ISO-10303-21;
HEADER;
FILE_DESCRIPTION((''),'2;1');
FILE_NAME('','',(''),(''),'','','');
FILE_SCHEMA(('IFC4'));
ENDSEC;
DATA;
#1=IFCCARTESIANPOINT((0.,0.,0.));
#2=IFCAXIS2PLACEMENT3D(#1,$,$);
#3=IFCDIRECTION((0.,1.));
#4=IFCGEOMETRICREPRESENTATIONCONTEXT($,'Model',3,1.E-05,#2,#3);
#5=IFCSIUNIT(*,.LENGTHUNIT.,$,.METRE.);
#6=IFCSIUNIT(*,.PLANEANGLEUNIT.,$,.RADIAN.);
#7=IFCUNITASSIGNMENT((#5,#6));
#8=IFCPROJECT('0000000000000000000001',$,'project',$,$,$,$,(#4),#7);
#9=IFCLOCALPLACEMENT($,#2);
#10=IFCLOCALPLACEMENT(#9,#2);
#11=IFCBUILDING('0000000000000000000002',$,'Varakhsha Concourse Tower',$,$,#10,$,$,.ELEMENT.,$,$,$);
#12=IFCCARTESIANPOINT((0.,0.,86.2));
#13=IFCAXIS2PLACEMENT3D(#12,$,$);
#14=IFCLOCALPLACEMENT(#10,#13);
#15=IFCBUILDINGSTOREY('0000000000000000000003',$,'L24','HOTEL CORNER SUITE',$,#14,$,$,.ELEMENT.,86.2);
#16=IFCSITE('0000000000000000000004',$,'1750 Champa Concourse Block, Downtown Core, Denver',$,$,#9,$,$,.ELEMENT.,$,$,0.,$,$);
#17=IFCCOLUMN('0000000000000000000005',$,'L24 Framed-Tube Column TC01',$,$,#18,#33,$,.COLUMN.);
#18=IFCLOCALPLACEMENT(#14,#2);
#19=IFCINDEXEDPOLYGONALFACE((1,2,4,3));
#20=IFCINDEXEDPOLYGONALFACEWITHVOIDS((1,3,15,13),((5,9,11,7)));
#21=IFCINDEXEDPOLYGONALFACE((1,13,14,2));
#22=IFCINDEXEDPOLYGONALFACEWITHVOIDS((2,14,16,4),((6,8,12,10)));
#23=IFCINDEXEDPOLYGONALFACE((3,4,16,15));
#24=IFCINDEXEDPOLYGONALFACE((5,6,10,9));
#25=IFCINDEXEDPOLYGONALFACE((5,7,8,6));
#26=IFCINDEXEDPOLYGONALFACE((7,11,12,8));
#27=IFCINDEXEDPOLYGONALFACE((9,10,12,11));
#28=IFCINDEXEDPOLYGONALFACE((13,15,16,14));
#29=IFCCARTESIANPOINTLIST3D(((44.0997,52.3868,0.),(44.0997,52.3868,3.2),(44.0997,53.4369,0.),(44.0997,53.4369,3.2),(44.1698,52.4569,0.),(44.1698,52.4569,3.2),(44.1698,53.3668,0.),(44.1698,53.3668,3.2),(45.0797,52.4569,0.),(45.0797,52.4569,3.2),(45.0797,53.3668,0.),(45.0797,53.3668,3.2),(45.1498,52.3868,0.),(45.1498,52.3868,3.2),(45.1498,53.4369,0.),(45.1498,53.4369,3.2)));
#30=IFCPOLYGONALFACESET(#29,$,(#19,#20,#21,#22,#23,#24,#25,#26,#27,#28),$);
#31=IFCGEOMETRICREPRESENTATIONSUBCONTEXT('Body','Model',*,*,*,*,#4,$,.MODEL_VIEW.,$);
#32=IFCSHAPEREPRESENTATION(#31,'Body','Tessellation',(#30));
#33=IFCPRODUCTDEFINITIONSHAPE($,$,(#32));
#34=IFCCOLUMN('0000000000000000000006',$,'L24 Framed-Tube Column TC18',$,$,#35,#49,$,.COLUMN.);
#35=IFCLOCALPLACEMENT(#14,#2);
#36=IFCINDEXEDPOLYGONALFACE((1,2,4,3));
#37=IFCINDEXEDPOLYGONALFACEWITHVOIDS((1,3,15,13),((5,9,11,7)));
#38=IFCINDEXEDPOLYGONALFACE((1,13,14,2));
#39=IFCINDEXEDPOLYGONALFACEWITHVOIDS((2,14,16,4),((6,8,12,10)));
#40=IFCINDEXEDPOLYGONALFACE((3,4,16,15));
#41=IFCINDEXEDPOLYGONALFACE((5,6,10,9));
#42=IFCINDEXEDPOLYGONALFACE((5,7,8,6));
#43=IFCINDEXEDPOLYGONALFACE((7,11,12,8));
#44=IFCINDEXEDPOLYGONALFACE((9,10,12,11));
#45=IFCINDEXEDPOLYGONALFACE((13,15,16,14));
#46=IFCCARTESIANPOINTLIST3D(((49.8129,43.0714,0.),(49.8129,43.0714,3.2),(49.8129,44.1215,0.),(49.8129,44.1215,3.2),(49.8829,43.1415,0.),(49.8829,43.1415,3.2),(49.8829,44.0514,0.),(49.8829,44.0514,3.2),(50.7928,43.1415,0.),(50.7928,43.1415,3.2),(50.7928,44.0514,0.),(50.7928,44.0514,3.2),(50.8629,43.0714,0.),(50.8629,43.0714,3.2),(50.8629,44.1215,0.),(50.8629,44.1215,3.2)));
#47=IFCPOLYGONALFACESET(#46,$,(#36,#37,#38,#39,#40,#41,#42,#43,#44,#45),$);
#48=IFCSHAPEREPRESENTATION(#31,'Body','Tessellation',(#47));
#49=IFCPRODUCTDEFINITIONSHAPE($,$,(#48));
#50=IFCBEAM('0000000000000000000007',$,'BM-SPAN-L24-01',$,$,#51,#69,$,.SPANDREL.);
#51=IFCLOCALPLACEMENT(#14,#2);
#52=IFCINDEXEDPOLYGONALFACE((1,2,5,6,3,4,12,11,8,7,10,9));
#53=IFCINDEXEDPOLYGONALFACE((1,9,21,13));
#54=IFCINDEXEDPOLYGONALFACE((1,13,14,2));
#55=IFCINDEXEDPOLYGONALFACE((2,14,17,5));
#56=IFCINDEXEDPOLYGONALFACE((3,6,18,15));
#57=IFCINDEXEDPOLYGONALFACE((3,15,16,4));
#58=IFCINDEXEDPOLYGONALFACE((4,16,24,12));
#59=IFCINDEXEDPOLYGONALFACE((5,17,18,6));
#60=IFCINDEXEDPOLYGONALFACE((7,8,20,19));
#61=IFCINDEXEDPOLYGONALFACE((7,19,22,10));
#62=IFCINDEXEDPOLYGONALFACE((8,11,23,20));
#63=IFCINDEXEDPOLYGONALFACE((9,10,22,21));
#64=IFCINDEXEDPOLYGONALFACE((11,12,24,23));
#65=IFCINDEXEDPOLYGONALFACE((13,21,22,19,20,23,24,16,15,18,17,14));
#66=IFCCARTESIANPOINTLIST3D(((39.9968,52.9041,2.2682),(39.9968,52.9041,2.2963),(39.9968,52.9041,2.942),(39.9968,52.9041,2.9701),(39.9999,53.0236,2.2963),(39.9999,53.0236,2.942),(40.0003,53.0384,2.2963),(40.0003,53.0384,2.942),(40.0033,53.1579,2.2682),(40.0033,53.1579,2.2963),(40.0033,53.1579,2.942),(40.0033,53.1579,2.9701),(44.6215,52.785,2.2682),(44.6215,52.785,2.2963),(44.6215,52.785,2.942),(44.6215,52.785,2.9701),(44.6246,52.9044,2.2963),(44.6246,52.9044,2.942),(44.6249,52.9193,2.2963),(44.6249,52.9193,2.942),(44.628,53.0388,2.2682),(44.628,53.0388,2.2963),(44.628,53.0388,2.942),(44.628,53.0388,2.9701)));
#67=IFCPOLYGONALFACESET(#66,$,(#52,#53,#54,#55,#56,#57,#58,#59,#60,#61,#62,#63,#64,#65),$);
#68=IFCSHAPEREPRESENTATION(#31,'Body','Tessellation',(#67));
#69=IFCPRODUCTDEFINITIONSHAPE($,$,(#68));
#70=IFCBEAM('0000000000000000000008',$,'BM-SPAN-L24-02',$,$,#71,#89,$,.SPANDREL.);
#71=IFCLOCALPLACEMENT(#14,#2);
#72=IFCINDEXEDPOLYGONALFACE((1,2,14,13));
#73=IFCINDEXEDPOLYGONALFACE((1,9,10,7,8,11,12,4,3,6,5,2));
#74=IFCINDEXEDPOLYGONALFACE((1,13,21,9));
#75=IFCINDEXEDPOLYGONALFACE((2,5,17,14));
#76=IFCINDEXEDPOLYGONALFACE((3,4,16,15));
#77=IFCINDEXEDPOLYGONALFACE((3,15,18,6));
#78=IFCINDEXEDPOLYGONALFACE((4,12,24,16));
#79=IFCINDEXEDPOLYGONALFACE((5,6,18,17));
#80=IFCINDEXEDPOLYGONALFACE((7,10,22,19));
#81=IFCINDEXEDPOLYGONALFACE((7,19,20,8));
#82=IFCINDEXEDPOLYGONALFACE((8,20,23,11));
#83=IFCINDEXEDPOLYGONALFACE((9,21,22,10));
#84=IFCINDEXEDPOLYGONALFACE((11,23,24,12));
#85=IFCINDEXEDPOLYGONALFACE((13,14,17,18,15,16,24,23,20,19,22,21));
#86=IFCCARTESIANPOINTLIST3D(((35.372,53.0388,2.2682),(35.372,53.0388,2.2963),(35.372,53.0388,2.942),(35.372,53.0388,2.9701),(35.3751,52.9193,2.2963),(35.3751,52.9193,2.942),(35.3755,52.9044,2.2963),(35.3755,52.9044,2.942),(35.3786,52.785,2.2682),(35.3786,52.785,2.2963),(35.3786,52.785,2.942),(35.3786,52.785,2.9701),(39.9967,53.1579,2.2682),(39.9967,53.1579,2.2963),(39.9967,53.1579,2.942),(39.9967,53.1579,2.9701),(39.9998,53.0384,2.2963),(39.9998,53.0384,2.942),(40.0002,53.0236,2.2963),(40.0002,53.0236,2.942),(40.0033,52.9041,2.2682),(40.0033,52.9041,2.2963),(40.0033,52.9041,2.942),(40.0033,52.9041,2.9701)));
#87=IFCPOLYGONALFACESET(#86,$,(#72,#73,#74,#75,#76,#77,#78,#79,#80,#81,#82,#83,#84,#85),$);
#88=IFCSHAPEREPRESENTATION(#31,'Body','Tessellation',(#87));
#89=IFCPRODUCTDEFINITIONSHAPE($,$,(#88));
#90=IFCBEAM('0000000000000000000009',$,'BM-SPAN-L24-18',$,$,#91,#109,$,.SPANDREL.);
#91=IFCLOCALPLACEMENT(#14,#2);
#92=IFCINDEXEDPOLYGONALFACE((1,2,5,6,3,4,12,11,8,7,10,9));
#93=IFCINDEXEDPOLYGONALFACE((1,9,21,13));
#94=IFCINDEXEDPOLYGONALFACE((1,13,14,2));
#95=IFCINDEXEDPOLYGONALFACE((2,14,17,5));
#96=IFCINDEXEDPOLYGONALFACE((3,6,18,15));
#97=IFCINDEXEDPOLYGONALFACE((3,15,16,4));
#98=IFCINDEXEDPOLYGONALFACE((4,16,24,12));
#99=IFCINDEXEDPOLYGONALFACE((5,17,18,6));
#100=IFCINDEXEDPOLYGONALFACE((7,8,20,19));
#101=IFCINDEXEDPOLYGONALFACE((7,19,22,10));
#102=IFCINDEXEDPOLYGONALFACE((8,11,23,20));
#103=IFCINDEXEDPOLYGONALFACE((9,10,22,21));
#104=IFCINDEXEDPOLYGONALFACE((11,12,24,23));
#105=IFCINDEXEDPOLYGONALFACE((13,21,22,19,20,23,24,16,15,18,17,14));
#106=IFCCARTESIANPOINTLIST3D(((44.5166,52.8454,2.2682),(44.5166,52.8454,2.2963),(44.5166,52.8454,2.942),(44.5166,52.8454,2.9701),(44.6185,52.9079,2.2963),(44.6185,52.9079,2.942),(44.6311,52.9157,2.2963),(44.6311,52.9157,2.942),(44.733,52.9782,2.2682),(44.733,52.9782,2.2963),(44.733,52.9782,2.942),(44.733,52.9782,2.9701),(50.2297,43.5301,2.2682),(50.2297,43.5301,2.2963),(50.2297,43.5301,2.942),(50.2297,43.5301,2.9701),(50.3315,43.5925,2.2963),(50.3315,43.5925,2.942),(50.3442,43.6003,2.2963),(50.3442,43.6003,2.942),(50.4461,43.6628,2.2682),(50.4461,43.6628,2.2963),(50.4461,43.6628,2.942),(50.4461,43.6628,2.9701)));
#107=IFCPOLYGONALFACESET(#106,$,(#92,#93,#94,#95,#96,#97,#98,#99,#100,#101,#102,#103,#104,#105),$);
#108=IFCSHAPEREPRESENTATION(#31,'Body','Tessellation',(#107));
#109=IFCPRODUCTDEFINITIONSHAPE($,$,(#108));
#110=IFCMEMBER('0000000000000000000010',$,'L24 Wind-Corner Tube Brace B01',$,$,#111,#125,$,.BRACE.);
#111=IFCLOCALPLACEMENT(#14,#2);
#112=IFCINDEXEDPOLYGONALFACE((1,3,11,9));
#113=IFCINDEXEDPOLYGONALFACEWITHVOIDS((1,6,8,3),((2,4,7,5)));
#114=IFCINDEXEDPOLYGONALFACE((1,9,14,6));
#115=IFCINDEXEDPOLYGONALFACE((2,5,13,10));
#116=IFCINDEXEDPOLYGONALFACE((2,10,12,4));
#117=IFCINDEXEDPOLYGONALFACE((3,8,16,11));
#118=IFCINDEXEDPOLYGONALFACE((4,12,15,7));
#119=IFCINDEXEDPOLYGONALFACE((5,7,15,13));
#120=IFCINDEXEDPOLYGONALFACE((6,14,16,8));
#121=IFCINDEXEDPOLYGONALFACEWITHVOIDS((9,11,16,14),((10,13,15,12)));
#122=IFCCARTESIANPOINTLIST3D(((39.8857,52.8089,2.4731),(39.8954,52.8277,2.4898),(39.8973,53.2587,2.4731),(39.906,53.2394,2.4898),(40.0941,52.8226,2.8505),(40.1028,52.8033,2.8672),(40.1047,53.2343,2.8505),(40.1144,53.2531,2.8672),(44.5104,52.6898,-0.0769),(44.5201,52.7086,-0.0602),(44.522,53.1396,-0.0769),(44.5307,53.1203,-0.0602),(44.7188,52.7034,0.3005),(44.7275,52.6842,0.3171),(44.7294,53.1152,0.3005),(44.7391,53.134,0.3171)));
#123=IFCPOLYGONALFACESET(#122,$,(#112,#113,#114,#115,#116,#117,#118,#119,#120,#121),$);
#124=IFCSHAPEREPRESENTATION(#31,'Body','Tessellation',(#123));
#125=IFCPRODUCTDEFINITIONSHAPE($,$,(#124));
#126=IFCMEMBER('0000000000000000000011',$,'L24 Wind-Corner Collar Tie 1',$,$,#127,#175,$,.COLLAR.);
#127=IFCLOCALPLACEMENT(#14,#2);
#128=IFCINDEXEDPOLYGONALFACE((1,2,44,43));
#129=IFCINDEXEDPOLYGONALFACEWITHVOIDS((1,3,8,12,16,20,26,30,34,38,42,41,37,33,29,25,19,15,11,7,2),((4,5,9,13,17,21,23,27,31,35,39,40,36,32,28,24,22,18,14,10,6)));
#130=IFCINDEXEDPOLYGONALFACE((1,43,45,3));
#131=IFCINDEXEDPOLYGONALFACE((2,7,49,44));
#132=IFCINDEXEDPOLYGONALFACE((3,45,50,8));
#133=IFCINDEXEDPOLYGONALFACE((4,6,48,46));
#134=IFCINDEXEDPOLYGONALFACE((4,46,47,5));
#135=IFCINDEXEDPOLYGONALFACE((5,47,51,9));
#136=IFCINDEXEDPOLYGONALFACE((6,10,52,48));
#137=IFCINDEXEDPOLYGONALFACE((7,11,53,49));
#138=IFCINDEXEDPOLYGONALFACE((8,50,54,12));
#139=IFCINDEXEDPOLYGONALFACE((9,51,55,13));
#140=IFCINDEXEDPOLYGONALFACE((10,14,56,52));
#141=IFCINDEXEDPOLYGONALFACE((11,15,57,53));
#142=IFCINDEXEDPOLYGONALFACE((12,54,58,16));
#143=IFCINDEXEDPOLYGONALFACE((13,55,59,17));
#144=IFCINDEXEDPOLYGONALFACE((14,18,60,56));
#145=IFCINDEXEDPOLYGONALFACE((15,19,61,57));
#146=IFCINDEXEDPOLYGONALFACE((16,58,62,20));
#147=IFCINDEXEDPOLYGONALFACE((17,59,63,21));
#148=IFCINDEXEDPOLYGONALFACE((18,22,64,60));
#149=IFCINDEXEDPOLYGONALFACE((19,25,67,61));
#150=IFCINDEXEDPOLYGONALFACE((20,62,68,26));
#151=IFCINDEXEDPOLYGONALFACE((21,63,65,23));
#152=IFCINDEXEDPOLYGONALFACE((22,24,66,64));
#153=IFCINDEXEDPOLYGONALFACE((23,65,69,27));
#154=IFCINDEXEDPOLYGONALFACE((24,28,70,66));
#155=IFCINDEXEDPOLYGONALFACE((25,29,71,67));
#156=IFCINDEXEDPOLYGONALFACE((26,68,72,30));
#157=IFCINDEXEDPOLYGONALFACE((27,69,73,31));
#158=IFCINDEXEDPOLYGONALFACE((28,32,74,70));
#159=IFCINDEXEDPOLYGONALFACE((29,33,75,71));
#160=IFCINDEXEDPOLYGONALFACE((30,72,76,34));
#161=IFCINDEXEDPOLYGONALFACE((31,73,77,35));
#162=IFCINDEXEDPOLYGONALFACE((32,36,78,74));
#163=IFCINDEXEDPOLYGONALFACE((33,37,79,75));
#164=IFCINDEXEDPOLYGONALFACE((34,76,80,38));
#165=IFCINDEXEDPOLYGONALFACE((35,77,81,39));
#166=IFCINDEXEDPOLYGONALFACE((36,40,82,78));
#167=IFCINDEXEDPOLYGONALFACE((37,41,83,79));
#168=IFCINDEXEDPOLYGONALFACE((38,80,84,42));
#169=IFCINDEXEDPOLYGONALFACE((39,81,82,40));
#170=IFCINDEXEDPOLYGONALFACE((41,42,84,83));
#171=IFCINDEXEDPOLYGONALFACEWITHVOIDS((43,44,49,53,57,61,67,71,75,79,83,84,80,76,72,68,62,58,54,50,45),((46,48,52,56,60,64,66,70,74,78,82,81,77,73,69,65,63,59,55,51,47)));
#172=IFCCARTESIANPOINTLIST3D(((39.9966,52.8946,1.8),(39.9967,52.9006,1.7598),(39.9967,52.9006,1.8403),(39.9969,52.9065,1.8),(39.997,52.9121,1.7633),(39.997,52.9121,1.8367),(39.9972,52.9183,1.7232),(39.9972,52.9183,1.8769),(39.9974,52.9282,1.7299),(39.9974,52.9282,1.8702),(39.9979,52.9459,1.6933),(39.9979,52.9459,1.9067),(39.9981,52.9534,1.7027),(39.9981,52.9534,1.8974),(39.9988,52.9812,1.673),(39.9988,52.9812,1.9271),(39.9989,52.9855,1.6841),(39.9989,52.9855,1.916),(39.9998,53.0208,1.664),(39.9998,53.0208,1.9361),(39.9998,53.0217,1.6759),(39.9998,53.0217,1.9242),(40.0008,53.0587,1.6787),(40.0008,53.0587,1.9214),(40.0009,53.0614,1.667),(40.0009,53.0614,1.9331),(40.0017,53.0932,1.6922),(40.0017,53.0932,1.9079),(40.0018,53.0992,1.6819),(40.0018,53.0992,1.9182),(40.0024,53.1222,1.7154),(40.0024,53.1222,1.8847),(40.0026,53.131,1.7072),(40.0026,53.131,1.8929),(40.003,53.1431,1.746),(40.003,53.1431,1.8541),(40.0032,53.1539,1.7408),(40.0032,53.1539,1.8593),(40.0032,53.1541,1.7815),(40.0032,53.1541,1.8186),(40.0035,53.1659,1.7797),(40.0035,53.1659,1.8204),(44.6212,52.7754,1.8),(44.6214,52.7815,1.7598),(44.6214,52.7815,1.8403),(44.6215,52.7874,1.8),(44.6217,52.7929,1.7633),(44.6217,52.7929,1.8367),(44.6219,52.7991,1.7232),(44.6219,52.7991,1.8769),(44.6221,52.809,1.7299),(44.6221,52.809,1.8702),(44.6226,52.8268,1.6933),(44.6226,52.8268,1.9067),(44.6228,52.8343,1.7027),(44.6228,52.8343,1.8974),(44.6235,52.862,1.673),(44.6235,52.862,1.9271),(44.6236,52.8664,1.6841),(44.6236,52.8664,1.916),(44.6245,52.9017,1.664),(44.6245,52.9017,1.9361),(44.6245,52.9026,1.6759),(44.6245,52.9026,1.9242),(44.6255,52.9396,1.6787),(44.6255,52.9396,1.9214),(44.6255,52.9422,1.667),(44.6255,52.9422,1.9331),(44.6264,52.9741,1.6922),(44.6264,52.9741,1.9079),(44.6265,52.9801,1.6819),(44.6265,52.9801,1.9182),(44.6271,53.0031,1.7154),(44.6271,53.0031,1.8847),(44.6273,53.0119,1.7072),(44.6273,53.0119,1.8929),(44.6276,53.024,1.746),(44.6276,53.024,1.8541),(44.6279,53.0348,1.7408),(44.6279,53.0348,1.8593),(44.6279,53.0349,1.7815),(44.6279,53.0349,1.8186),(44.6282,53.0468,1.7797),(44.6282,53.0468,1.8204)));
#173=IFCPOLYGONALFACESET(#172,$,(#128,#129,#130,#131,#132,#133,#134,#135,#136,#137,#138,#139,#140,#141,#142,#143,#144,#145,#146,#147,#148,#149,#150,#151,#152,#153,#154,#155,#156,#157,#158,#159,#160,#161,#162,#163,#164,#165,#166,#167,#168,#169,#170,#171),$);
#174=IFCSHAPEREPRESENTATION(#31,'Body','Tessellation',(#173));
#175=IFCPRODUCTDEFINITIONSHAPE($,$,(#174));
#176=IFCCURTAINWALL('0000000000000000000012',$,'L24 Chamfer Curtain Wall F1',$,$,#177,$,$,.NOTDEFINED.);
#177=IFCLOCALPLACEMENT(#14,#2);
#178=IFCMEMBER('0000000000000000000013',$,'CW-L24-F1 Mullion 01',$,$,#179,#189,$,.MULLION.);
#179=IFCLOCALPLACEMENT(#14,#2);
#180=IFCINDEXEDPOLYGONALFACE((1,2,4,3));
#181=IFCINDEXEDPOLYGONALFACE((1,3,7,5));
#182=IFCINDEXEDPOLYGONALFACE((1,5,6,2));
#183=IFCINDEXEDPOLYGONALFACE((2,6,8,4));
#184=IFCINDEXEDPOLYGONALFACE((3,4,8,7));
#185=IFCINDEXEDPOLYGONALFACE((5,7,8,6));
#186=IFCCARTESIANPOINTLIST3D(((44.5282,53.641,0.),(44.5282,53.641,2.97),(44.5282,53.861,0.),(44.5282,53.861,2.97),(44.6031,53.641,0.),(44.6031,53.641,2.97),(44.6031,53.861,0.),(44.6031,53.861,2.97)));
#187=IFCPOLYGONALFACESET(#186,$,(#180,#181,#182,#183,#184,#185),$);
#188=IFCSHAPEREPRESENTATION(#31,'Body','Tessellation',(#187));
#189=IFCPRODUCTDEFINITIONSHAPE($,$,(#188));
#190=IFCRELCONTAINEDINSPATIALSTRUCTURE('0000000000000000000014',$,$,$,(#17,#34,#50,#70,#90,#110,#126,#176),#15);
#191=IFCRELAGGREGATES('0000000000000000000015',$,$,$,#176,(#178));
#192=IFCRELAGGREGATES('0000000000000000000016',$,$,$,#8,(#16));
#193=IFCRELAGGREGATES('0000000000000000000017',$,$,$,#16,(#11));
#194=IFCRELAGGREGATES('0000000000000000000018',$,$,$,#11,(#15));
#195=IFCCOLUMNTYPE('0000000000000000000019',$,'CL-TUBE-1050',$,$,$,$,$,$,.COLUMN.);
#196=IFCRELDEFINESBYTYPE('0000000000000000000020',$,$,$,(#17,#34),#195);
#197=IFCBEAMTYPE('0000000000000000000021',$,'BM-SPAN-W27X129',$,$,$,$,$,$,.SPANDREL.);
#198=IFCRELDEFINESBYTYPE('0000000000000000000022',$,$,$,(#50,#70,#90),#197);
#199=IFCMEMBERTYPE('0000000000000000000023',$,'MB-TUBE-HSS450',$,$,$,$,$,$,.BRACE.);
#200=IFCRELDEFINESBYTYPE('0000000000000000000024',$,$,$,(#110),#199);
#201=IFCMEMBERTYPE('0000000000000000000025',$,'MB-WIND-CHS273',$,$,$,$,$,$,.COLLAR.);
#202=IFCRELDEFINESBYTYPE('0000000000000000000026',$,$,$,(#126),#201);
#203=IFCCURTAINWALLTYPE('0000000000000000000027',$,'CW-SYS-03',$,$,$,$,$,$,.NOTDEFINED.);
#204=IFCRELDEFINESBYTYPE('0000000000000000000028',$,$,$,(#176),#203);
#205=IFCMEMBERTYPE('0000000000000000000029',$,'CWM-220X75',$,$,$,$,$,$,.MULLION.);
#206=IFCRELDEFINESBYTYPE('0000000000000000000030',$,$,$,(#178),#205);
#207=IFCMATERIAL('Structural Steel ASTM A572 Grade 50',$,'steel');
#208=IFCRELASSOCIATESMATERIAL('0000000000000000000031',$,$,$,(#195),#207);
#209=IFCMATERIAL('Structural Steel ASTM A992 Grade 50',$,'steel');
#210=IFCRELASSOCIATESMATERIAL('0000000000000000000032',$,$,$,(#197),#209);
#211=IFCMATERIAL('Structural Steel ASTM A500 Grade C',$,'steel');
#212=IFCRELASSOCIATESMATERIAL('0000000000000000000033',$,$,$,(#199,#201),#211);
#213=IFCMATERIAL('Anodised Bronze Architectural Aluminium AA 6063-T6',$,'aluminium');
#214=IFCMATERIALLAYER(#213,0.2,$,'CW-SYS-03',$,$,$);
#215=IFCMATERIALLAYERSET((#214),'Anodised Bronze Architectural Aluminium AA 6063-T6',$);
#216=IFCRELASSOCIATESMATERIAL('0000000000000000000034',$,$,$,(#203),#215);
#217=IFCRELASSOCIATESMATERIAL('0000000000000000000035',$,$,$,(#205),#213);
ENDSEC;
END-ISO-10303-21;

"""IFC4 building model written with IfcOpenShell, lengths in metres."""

from ifc_helpers import new_model, si_unit, direction, frame, origin, origin_2d, place, context, subcontext, project, spatial, rectangle, hollow_rectangle, hollow_circle, i_section, extrude, source, transform, mapped, material, layer, layer_set, material_profile, profile_set, type_object, type_shapes, element, aggregate, save


model = new_model("IFC4")

# Units and contexts
model_context = context("Model", 3, precision=1e-05, world=origin(), true_north=direction((0.0, 1.0)))
body_context = subcontext(model_context, "Body", "Model", "MODEL_VIEW")
ifc_project = project(units=[si_unit("LENGTHUNIT", "METRE"), si_unit("PLANEANGLEUNIT", "RADIAN")], contexts=[model_context])

# Site, building, storey
site_placement = place(None, origin())
site = spatial("IfcSite", under=ifc_project, at=site_placement, Name="1750 Champa Concourse Block, Downtown Core, Denver", CompositionType="ELEMENT", RefElevation=0.0)
building_placement = place(site_placement, origin())
building = spatial("IfcBuilding", under=site, at=building_placement, Name="Varakhsha Concourse Tower", CompositionType="ELEMENT")
storey_placement = place(building_placement, frame((0.0, 0.0, 86.2)))
storey = spatial("IfcBuildingStorey", under=building, at=storey_placement, Name="L24", Description="HOTEL CORNER SUITE", CompositionType="ELEMENT", Elevation=86.2)

# Columns
ifc_material_1 = material(Name="Structural Steel ASTM A572 Grade 50", Category="steel")
ifc_material_profile_1 = material_profile(ifc_material_1, hollow_rectangle(XDim=1.05, YDim=1.05, WallThickness=0.0701, at=origin_2d()), Name="BOX 1050x1050x70")
ifc_profile_set_1 = profile_set([ifc_material_profile_1], Name="Structural Steel ASTM A572 Grade 50")
column_type = type_object("IfcColumnType", Name="CL-TUBE-1050", PredefinedType="COLUMN", material=ifc_profile_set_1)
for number, where, z_axis, x_axis, name in (
    (1, (44.6248, 52.9119, 0.0), (0.0, 0.0, 1.0), (1.0, 0.0, 0.0), "L24 Framed-Tube Column TC01"),
    (2, (50.3379, 43.5964, 0.0), (0.0, 0.0, 1.0), (1.0, 0.0, 0.0), "L24 Framed-Tube Column TC18"),
):
    element("IfcColumn", number, at=place(storey_placement, frame(where, z_axis=z_axis, x_axis=x_axis)), inside=storey, type_object=column_type, Name=name, PredefinedType="COLUMN", context=body_context, shape_type="SweptSolid", body=[
        extrude(hollow_rectangle(XDim=1.05, YDim=1.05, WallThickness=0.0701, at=origin_2d()), origin(), (0.0, 0.0, 1.0), 3.2),
    ])

# Beams
ifc_material_2 = material(Name="Structural Steel ASTM A992 Grade 50", Category="steel")
ifc_material_profile_2 = material_profile(ifc_material_2, i_section(OverallWidth=0.2539, OverallDepth=0.7019, WebThickness=0.0149, FlangeThickness=0.0281, at=origin_2d()), Name="W27X129")
ifc_profile_set_2 = profile_set([ifc_material_profile_2], Name="Structural Steel ASTM A992 Grade 50")
beam_type = type_object("IfcBeamType", Name="BM-SPAN-W27X129", PredefinedType="SPANDREL", material=ifc_profile_set_2)
for number, where, z_axis, x_axis, name in (
    (3, (44.6248, 52.9119, 2.6191), (-0.999668, 0.025753, 0.0), (-0.025753, -0.999668, 0.0), "BM-SPAN-L24-01"),
    (4, (40.0, 53.031, 2.6191), (-0.999668, -0.025753, 0.0), (0.025753, -0.999668, 0.0), "BM-SPAN-L24-02"),
):
    element("IfcBeam", number, at=place(storey_placement, frame(where, z_axis=z_axis, x_axis=x_axis)), inside=storey, type_object=beam_type, Name=name, PredefinedType="SPANDREL", context=body_context, shape_type="SweptSolid", body=[
        extrude(i_section(OverallWidth=0.2539, OverallDepth=0.7019, WebThickness=0.0149, FlangeThickness=0.0281, at=origin_2d()), origin(), (0.0, 0.0, 1.0), 4.6262),
    ])
beam_placement = place(storey_placement, frame((50.3379, 43.5964, 2.6191), z_axis=(-0.522807, 0.852451, 0.0), x_axis=(-0.852451, -0.522807, 0.0)))
element("IfcBeam", 5, at=beam_placement, inside=storey, type_object=beam_type, Name="BM-SPAN-L24-18", PredefinedType="SPANDREL", context=body_context, shape_type="SweptSolid", body=[
    extrude(i_section(OverallWidth=0.2539, OverallDepth=0.7019, WebThickness=0.0149, FlangeThickness=0.0281, at=origin_2d()), origin(), (0.0, 0.0, 1.0), 10.9277),
])

# Members
ifc_material_3 = material(Name="Structural Steel ASTM A500 Grade C", Category="steel")
ifc_material_profile_3 = material_profile(ifc_material_3, hollow_rectangle(XDim=0.45, YDim=0.45, WallThickness=0.019, at=origin_2d()), Name="HSS 450x450x19")
ifc_profile_set_3 = profile_set([ifc_material_profile_3], Name="Structural Steel ASTM A500 Grade C")
member_type_1 = type_object("IfcMemberType", Name="MB-TUBE-HSS450", PredefinedType="BRACE", material=ifc_profile_set_3)
shared_shape_1 = source(origin(), body_context, "Body", "SweptSolid", [
    extrude(hollow_rectangle(XDim=0.45, YDim=0.45, WallThickness=0.019, at=origin_2d()), origin(), (0.0, 0.0, 1.0), 5.2825),
])
type_shapes(member_type_1, [shared_shape_1])
member_1_placement = place(storey_placement, frame((44.6248, 52.9119, 0.1201), z_axis=(-0.875478, 0.022554, 0.482731), x_axis=(-0.025753, -0.999668, 0.0)))
element("IfcMember", 6, at=member_1_placement, inside=storey, type_object=member_type_1, Name="L24 Wind-Corner Tube Brace B01", PredefinedType="BRACE", context=body_context, shape_type="MappedRepresentation", body=[
    mapped(shared_shape_1, transform((0.0, 0.0, 0.0), scale=1.0)),
])
ifc_material_profile_4 = material_profile(ifc_material_3, hollow_circle(Radius=0.1365, WallThickness=0.012, at=origin_2d()), Name="CHS 273x12")
ifc_profile_set_4 = profile_set([ifc_material_profile_4], Name="Structural Steel ASTM A500 Grade C")
member_type_2 = type_object("IfcMemberType", Name="MB-WIND-CHS273", PredefinedType="COLLAR", material=ifc_profile_set_4)
shared_shape_2 = source(origin(), body_context, "Body", "SweptSolid", [
    extrude(hollow_circle(Radius=0.1365, WallThickness=0.012, at=origin_2d()), origin(), (0.0, 0.0, 1.0), 4.6262),
])
type_shapes(member_type_2, [shared_shape_2])
member_2_placement = place(storey_placement, frame((44.6248, 52.9119, 1.8), z_axis=(-0.999668, 0.025753, 0.0), x_axis=(-0.025753, -0.999668, 0.0)))
element("IfcMember", 7, at=member_2_placement, inside=storey, type_object=member_type_2, Name="L24 Wind-Corner Collar Tie 1", PredefinedType="COLLAR", context=body_context, shape_type="MappedRepresentation", body=[
    mapped(shared_shape_2, transform((0.0, 0.0, 0.0), scale=1.0)),
])

# Curtain wall, member
ifc_material_4 = material(Name="Anodised Bronze Architectural Aluminium AA 6063-T6", Category="aluminium")
ifc_layer_1 = layer(ifc_material_4, 0.2, Name="CW-SYS-03")
ifc_layer_set_1 = layer_set([ifc_layer_1], Name="Anodised Bronze Architectural Aluminium AA 6063-T6")
curtain_wall_type = type_object("IfcCurtainWallType", Name="CW-SYS-03", PredefinedType="NOTDEFINED", material=ifc_layer_set_1)
curtain_wall_1_placement = place(storey_placement, origin())
curtain_wall_1 = element("IfcCurtainWall", 8, at=curtain_wall_1_placement, inside=storey, type_object=curtain_wall_type, Name="L24 Chamfer Curtain Wall F1", PredefinedType="NOTDEFINED")
ifc_material_profile_5 = material_profile(ifc_material_4, rectangle(XDim=0.075, YDim=0.22, at=origin_2d()), Name="CWM-220X75")
ifc_profile_set_5 = profile_set([ifc_material_profile_5], Name="Anodised Bronze Architectural Aluminium AA 6063-T6")
member_type_3 = type_object("IfcMemberType", Name="CWM-220X75", PredefinedType="MULLION", material=ifc_profile_set_5)
shared_shape_3 = source(origin(), body_context, "Body", "SweptSolid", [
    extrude(rectangle(XDim=0.075, YDim=0.22, at=origin_2d()), origin(), (0.0, 0.0, 1.0), 2.97),
])
type_shapes(member_type_3, [shared_shape_3])
member_3_placement = place(storey_placement, frame((44.5657, 53.751, 0.0), z_axis=(0.0, 0.0, 1.0), x_axis=(1.0, 0.0, 0.0)))
member_3 = element("IfcMember", 9, at=member_3_placement, type_object=member_type_3, Name="CW-L24-F1 Mullion 01", PredefinedType="MULLION", context=body_context, shape_type="MappedRepresentation", body=[
    mapped(shared_shape_3, transform((0.0, 0.0, 0.0), scale=1.0)),
])

aggregate(curtain_wall_1, [member_3])

save(model, "model.ifc")
